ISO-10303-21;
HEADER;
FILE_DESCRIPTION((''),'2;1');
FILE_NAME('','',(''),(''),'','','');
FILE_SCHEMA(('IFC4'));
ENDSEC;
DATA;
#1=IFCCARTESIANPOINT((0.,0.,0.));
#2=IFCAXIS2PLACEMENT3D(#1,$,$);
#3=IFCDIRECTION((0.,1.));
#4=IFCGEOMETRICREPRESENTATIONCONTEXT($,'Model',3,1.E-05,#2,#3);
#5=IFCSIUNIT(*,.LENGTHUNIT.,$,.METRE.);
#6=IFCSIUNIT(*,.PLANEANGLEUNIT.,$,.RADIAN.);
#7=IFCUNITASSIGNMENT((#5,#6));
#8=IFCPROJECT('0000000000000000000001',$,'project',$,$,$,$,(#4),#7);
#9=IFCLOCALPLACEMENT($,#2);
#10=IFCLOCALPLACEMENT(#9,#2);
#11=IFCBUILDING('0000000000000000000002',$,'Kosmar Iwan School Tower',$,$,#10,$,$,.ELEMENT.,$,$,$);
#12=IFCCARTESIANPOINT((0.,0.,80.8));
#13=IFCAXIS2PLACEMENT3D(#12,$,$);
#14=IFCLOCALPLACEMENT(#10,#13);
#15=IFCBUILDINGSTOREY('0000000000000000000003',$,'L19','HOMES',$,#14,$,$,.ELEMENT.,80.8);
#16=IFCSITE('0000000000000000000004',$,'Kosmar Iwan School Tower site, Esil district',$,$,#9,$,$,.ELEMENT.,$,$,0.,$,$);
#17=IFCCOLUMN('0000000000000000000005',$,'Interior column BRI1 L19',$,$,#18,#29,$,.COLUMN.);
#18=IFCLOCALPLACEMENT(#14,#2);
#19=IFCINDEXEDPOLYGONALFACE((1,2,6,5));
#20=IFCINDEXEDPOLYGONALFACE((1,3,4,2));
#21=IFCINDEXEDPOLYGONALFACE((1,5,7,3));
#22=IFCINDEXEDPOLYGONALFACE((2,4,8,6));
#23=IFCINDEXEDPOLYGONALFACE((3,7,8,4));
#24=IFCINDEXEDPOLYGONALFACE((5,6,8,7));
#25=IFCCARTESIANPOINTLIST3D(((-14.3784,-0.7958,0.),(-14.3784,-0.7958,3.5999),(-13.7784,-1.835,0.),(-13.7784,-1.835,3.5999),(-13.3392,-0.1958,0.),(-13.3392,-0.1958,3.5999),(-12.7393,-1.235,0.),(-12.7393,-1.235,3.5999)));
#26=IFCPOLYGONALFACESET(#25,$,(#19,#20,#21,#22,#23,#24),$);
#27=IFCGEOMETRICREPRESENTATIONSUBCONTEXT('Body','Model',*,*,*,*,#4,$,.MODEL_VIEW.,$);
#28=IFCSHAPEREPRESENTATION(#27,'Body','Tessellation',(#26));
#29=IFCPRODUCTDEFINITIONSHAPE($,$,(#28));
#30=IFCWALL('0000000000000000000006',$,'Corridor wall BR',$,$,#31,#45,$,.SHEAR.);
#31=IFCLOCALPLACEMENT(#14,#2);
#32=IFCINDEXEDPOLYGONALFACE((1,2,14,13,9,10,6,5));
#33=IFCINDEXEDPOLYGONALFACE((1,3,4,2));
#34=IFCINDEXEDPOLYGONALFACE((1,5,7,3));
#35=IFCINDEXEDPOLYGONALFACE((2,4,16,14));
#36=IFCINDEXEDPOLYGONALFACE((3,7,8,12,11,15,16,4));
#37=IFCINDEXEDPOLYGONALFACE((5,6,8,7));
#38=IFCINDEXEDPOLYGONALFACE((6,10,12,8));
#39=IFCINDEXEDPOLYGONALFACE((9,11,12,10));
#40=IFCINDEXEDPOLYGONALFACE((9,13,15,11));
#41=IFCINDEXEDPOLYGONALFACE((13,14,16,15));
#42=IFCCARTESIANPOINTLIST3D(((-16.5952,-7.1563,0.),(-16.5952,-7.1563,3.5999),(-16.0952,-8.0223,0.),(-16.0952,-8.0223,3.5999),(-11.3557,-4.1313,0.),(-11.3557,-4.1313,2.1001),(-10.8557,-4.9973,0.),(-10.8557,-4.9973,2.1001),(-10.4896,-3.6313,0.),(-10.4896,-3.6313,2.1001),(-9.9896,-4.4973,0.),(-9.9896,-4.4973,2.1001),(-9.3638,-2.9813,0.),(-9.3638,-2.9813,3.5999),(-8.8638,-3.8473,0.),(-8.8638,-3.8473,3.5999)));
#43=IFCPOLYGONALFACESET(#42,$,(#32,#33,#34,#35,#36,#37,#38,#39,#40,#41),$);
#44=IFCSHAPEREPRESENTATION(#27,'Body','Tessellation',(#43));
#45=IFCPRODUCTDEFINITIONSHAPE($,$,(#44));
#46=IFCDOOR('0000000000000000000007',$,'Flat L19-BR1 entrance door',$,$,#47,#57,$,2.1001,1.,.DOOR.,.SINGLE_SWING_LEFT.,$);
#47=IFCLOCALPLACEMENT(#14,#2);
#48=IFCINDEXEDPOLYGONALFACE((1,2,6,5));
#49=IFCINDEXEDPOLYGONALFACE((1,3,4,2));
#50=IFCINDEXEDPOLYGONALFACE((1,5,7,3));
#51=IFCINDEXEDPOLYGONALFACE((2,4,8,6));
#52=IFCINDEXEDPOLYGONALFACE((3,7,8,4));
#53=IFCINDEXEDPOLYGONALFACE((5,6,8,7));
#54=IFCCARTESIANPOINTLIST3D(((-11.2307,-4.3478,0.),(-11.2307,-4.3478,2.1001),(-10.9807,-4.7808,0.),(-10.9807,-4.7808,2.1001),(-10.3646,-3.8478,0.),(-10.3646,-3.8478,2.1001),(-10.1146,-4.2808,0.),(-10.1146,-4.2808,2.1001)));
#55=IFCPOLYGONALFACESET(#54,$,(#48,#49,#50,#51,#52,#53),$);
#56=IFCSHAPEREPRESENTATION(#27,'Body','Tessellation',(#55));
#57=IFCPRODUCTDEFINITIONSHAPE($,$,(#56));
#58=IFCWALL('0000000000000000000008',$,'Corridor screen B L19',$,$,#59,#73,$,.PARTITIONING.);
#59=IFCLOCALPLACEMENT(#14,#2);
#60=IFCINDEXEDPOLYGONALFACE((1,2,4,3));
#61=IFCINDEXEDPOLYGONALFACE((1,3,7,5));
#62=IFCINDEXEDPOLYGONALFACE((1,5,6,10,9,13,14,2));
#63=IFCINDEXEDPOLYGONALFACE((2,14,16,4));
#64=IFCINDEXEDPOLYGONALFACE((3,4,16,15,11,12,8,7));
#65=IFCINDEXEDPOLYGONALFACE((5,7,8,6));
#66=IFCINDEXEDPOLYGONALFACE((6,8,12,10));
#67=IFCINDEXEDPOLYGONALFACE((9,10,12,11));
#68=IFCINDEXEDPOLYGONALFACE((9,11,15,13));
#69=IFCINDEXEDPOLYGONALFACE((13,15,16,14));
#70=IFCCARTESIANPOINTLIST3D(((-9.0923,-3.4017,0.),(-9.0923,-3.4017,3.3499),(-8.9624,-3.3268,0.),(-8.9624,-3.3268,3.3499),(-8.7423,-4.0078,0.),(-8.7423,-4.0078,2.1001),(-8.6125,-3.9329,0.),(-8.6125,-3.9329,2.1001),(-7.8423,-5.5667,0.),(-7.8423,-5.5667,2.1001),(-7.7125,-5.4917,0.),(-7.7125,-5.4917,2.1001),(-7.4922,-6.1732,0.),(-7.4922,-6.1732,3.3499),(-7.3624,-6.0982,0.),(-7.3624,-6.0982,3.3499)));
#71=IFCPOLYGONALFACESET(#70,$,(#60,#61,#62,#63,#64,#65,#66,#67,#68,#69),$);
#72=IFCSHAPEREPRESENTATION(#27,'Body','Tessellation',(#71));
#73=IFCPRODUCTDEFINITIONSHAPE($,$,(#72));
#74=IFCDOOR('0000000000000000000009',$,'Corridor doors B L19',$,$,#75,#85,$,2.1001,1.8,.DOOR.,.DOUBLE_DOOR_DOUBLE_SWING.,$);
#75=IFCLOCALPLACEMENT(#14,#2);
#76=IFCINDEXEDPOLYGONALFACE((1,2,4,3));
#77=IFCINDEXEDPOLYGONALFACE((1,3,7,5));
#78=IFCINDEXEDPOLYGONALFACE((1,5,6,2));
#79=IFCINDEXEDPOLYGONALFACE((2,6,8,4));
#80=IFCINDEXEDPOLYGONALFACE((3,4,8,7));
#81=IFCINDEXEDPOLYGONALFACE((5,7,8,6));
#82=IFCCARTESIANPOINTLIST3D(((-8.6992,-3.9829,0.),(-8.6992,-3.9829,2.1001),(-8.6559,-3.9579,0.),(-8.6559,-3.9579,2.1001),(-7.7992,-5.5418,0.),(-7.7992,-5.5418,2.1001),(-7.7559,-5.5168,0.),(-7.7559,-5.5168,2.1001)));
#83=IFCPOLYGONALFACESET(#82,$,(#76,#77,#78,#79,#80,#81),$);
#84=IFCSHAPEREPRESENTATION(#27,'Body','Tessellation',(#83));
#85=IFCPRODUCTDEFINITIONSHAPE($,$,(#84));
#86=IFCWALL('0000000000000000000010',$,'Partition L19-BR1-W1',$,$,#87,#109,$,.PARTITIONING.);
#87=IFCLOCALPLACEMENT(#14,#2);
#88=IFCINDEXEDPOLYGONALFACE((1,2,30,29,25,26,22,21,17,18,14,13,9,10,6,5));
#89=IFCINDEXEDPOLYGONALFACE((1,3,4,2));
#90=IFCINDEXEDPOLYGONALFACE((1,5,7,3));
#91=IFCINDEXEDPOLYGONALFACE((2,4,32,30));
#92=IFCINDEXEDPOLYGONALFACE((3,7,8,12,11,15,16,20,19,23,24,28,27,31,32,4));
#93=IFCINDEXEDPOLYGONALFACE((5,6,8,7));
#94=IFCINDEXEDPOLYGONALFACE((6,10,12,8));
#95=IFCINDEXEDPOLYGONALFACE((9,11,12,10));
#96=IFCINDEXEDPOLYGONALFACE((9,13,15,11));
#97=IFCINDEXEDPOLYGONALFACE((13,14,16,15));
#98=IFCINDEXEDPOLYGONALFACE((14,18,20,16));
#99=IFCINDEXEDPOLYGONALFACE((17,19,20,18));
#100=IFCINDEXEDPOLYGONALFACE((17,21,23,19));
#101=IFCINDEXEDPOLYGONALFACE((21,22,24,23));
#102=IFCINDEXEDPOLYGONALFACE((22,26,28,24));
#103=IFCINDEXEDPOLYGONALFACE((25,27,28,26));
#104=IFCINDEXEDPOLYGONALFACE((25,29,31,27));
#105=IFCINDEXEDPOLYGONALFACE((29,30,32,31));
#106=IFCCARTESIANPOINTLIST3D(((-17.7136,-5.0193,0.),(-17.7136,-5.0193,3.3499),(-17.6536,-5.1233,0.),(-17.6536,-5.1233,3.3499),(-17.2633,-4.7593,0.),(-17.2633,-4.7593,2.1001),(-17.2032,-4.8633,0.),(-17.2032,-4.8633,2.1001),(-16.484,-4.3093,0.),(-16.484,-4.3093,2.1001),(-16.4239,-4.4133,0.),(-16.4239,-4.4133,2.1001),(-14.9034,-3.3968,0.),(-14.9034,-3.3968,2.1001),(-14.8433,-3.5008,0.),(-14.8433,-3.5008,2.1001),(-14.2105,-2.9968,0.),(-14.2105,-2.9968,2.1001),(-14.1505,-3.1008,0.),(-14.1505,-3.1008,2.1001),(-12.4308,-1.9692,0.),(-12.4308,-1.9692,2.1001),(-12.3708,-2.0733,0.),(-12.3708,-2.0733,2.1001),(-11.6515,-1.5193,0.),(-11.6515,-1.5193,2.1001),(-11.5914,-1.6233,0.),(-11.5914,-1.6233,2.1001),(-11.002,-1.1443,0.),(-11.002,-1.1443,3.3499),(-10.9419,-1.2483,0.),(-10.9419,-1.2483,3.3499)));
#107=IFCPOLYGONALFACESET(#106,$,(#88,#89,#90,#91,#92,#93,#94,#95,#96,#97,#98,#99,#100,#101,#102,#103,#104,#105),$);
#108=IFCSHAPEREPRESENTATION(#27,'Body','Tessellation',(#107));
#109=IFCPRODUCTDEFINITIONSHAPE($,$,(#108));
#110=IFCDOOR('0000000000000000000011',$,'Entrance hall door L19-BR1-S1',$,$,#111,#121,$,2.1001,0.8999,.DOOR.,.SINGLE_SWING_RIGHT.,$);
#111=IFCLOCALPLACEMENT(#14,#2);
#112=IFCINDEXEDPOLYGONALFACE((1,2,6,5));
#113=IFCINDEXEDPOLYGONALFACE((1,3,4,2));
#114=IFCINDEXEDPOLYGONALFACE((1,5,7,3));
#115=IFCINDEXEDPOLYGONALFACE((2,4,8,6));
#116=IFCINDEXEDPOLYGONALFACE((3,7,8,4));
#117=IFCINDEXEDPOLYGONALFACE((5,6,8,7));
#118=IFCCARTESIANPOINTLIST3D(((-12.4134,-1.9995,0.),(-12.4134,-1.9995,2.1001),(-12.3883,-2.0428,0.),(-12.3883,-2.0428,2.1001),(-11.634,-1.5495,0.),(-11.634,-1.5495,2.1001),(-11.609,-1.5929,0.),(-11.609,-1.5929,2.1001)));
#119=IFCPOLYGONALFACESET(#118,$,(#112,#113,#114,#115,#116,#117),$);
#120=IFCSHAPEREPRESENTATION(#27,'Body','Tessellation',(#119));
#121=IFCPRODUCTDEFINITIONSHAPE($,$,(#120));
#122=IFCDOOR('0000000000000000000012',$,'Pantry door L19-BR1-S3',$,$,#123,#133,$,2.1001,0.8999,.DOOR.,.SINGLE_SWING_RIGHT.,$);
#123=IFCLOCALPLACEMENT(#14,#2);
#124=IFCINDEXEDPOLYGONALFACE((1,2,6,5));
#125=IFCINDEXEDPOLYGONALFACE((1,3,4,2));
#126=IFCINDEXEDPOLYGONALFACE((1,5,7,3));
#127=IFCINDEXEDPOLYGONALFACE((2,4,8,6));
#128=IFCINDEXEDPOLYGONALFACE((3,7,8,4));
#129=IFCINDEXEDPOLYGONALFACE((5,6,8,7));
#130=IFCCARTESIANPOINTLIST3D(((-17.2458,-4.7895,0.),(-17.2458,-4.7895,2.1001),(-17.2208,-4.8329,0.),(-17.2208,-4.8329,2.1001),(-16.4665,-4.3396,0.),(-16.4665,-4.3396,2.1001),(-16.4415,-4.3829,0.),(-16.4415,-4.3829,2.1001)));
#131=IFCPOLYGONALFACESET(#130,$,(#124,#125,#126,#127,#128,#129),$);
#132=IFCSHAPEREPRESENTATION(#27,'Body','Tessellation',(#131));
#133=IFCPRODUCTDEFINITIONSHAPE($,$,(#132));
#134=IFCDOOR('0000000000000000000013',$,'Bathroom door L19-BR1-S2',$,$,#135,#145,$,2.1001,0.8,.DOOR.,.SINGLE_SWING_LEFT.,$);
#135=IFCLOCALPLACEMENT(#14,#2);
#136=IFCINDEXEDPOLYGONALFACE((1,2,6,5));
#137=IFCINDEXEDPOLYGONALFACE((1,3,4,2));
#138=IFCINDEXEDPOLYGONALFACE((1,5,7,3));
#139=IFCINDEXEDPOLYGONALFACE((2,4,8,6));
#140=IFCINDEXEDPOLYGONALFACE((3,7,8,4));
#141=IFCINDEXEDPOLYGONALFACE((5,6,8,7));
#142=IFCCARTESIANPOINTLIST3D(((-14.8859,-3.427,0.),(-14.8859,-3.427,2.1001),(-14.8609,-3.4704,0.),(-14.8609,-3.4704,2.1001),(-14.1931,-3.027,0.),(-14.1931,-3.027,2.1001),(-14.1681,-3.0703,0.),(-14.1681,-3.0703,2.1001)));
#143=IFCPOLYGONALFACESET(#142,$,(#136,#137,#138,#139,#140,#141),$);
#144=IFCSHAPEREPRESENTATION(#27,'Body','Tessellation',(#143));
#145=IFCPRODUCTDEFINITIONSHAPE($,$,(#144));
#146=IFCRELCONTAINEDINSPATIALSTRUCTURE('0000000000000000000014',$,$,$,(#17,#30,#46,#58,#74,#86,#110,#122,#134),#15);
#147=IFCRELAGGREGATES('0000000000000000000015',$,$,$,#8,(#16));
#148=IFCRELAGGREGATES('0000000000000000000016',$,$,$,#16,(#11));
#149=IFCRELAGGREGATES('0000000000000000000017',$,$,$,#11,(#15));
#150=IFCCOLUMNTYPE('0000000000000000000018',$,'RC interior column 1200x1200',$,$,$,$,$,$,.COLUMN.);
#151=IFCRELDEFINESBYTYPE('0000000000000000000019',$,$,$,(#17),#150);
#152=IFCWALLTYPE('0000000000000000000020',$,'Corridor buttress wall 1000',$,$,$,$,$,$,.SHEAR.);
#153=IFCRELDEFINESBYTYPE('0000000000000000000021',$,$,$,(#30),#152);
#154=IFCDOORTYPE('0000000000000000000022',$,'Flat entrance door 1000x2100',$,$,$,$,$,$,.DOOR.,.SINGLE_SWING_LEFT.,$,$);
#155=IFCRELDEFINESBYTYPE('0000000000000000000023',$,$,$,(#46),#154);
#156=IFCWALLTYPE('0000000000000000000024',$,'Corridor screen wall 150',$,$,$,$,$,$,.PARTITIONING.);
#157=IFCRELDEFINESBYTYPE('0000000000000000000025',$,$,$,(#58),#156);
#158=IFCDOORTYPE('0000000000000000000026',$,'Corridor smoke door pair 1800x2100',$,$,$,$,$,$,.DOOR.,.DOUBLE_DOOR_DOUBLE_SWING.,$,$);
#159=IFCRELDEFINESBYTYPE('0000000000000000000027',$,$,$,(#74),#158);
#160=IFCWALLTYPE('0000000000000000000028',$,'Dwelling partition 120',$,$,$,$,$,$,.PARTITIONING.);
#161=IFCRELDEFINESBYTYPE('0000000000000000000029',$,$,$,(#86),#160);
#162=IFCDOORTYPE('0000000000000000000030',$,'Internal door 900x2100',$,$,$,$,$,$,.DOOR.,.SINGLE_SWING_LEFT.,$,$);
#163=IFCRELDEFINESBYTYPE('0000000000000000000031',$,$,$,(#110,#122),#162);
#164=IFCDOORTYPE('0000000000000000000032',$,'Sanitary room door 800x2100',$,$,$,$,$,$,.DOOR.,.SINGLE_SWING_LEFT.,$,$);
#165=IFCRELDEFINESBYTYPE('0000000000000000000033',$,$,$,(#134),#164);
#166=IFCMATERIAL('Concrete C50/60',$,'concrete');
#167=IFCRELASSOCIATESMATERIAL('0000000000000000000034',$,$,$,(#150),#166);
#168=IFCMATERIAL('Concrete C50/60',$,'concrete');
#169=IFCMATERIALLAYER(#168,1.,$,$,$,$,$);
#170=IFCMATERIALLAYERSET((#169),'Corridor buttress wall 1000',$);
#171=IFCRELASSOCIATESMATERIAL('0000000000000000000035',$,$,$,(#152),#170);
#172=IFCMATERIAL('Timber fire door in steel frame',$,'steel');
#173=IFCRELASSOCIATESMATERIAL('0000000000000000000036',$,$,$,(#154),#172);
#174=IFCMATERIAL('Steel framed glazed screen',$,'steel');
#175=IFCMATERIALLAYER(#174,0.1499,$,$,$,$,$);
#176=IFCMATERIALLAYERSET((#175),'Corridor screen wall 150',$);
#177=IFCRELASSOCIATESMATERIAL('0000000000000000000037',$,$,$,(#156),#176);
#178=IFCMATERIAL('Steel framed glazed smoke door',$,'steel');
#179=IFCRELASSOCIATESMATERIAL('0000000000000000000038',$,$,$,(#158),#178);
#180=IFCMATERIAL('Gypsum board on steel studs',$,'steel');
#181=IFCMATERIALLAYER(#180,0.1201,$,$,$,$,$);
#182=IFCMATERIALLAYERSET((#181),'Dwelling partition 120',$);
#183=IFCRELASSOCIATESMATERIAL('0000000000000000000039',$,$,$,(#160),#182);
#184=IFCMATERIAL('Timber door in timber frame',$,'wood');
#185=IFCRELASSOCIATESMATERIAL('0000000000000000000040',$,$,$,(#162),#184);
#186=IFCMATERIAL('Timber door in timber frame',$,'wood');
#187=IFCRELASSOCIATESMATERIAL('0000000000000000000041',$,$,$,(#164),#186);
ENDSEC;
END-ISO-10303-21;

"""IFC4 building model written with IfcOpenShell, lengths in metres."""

from ifc_helpers import new_model, si_unit, direction, frame, frame_2d, origin, origin_2d, place, context, subcontext, project, spatial, rectangle, extrude, material, layer, layer_set, material_profile, profile_set, type_object, element, fill, save


model = new_model("IFC4")

# Units and contexts
model_context = context("Model", 3, precision=1e-05, world=origin(), true_north=direction((0.0, 1.0)))
body_context = subcontext(model_context, "Body", "Model", "MODEL_VIEW")
ifc_project = project(units=[si_unit("LENGTHUNIT", "METRE"), si_unit("PLANEANGLEUNIT", "RADIAN")], contexts=[model_context])

# Site, building, storey
site_placement = place(None, origin())
site = spatial("IfcSite", under=ifc_project, at=site_placement, Name="Kosmar Iwan School Tower site, Esil district", CompositionType="ELEMENT", RefElevation=0.0)
building_placement = place(site_placement, origin())
building = spatial("IfcBuilding", under=site, at=building_placement, Name="Kosmar Iwan School Tower", CompositionType="ELEMENT")
storey_placement = place(building_placement, frame((0.0, 0.0, 80.8)))
storey = spatial("IfcBuildingStorey", under=building, at=storey_placement, Name="L19", Description="HOMES", CompositionType="ELEMENT", Elevation=80.8)

# Column
ifc_material_1 = material(Name="Concrete C50/60", Category="concrete")
ifc_material_profile = material_profile(ifc_material_1, rectangle(XDim=1.2, YDim=1.2, at=origin_2d()), Name="RC 1200x1200")
ifc_profile_set = profile_set([ifc_material_profile], Name="Concrete C50/60")
column_type = type_object("IfcColumnType", Name="RC interior column 1200x1200", PredefinedType="COLUMN", material=ifc_profile_set)
column_placement = place(storey_placement, frame((-13.5588, -1.0154, 0.0), z_axis=(0.0, 0.0, 1.0), x_axis=(-0.866025, -0.5, 0.0)))
element("IfcColumn", 1, at=column_placement, inside=storey, type_object=column_type, Name="Interior column BRI1 L19", PredefinedType="COLUMN", context=body_context, shape_type="SweptSolid", body=[
    extrude(rectangle(XDim=1.2, YDim=1.2, at=origin_2d()), origin(), (0.0, 0.0, 1.0), 3.5999),
])

# Walls, openings, doors
ifc_material_2 = material(Name="Concrete C50/60", Category="concrete")
ifc_layer_1 = layer(ifc_material_2, 1.0)
ifc_layer_set_1 = layer_set([ifc_layer_1], Name="Corridor buttress wall 1000")
wall_type_1 = type_object("IfcWallType", Name="Corridor buttress wall 1000", PredefinedType="SHEAR", material=ifc_layer_set_1)
wall_1_placement = place(storey_placement, frame((-9.1138, -3.4143, 0.0), z_axis=(0.0, 0.0, 1.0), x_axis=(-0.866027, -0.499997, 0.0)))
wall_1 = element("IfcWall", 2, at=wall_1_placement, inside=storey, type_object=wall_type_1, Name="Corridor wall BR", PredefinedType="SHEAR", context=body_context, shape_type="SweptSolid", body=[
    extrude(rectangle(XDim=8.3501, YDim=1.0, at=frame_2d((4.175, 0.0))), origin(), (0.0, 0.0, 1.0), 3.5999),
])
opening_1_placement = place(wall_1_placement, frame((1.3, 0.0, 0.0)))
opening_1 = element("IfcOpeningElement", 3, at=opening_1_placement, cuts=wall_1, PredefinedType="OPENING", context=body_context, shape_type="SweptSolid", body=[
    extrude(rectangle(XDim=1.0, YDim=2.1001, at=frame_2d((0.5, 1.05))), frame((0.0, 0.512, 0.0), z_axis=(0.0, -1.0, 0.0), x_axis=(1.0, 0.0, 0.0)), (0.0, 0.0, 1.0), 1.0239),
])
ifc_material_3 = material(Name="Timber fire door in steel frame", Category="steel")
door_type_1 = type_object("IfcDoorType", Name="Flat entrance door 1000x2100", OperationType="SINGLE_SWING_LEFT", PredefinedType="DOOR", material=ifc_material_3)
door_1_placement = place(opening_1_placement, origin())
door_1 = element("IfcDoor", 4, at=door_1_placement, inside=storey, type_object=door_type_1, Name="Flat L19-BR1 entrance door", OperationType="SINGLE_SWING_LEFT", OverallHeight=2.1001, OverallWidth=1.0, PredefinedType="DOOR", context=body_context, shape_type="SweptSolid", body=[
    extrude(rectangle(XDim=1.0, YDim=2.1001, at=frame_2d((0.5, 1.05))), frame((0.0, 0.25, 0.0), z_axis=(0.0, -1.0, 0.0), x_axis=(1.0, 0.0, 0.0)), (0.0, 0.0, 1.0), 0.5),
])
fill(opening_1, door_1)
ifc_material_4 = material(Name="Steel framed glazed screen", Category="steel")
ifc_layer_2 = layer(ifc_material_4, 0.1499)
ifc_layer_set_2 = layer_set([ifc_layer_2], Name="Corridor screen wall 150")
wall_type_2 = type_object("IfcWallType", Name="Corridor screen wall 150", PredefinedType="PARTITIONING", material=ifc_layer_set_2)
wall_2_placement = place(storey_placement, frame((-9.0273, -3.3643, 0.0), z_axis=(0.0, 0.0, 1.0), x_axis=(0.499995, -0.866028, 0.0)))
wall_2 = element("IfcWall", 5, at=wall_2_placement, inside=storey, type_object=wall_type_2, Name="Corridor screen B L19", PredefinedType="PARTITIONING", context=body_context, shape_type="SweptSolid", body=[
    extrude(rectangle(XDim=3.2002, YDim=0.1499, at=frame_2d((1.6001, 0.0))), origin(), (0.0, 0.0, 1.0), 3.3499),
])
opening_2_placement = place(wall_2_placement, frame((0.7, 0.0, 0.0)))
opening_2 = element("IfcOpeningElement", 6, at=opening_2_placement, cuts=wall_2, PredefinedType="OPENING", context=body_context, shape_type="SweptSolid", body=[
    extrude(rectangle(XDim=1.8, YDim=2.1001, at=frame_2d((0.8999, 1.05))), frame((0.0, 0.0869, 0.0), z_axis=(0.0, -1.0, 0.0), x_axis=(1.0, 0.0, 0.0)), (0.0, 0.0, 1.0), 0.1738),
])
ifc_material_5 = material(Name="Steel framed glazed smoke door", Category="steel")
door_type_2 = type_object("IfcDoorType", Name="Corridor smoke door pair 1800x2100", OperationType="DOUBLE_DOOR_DOUBLE_SWING", PredefinedType="DOOR", material=ifc_material_5)
door_2_placement = place(opening_2_placement, origin())
door_2 = element("IfcDoor", 7, at=door_2_placement, inside=storey, type_object=door_type_2, Name="Corridor doors B L19", OperationType="DOUBLE_DOOR_DOUBLE_SWING", OverallHeight=2.1001, OverallWidth=1.8, PredefinedType="DOOR", context=body_context, shape_type="SweptSolid", body=[
    extrude(rectangle(XDim=1.8, YDim=2.1001, at=frame_2d((0.8999, 1.05))), frame((0.0, 0.0249, 0.0), z_axis=(0.0, -1.0, 0.0), x_axis=(1.0, 0.0, 0.0)), (0.0, 0.0, 1.0), 0.05),
])
fill(opening_2, door_2)

# Wall, openings, doors
ifc_material_6 = material(Name="Gypsum board on steel studs", Category="steel")
ifc_layer_3 = layer(ifc_material_6, 0.1201)
ifc_layer_set_3 = layer_set([ifc_layer_3], Name="Dwelling partition 120")
wall_type_3 = type_object("IfcWallType", Name="Dwelling partition 120", PredefinedType="PARTITIONING", material=ifc_layer_set_3)
wall_3_placement = place(storey_placement, frame((-10.9719, -1.1963, 0.0), z_axis=(0.0, 0.0, 1.0), x_axis=(-0.866025, -0.500002, 0.0)))
wall_3 = element("IfcWall", 8, at=wall_3_placement, inside=storey, type_object=wall_type_3, Name="Partition L19-BR1-W1", PredefinedType="PARTITIONING", context=body_context, shape_type="SweptSolid", body=[
    extrude(rectangle(XDim=7.75, YDim=0.1201, at=frame_2d((3.875, 0.0))), origin(), (0.0, 0.0, 1.0), 3.3499),
])
opening_3_placement = place(wall_3_placement, frame((0.75, 0.0, 0.0)))
opening_3 = element("IfcOpeningElement", 9, at=opening_3_placement, cuts=wall_3, PredefinedType="OPENING", context=body_context, shape_type="SweptSolid", body=[
    extrude(rectangle(XDim=0.8999, YDim=2.1001, at=frame_2d((0.45, 1.05))), frame((0.0, 0.072, 0.0), z_axis=(0.0, -1.0, 0.0), x_axis=(1.0, 0.0, 0.0)), (0.0, 0.0, 1.0), 0.144),
])
opening_4_placement = place(wall_3_placement, frame((3.7051, 0.0, 0.0)))
opening_4 = element("IfcOpeningElement", 10, at=opening_4_placement, cuts=wall_3, PredefinedType="OPENING", context=body_context, shape_type="SweptSolid", body=[
    extrude(rectangle(XDim=0.8, YDim=2.1001, at=frame_2d((0.3999, 1.05))), frame((0.0, 0.072, 0.0), z_axis=(0.0, -1.0, 0.0), x_axis=(1.0, 0.0, 0.0)), (0.0, 0.0, 1.0), 0.144),
])
opening_5_placement = place(wall_3_placement, frame((6.3301, 0.0, 0.0)))
opening_5 = element("IfcOpeningElement", 11, at=opening_5_placement, cuts=wall_3, PredefinedType="OPENING", context=body_context, shape_type="SweptSolid", body=[
    extrude(rectangle(XDim=0.8999, YDim=2.1001, at=frame_2d((0.45, 1.05))), frame((0.0, 0.072, 0.0), z_axis=(0.0, -1.0, 0.0), x_axis=(1.0, 0.0, 0.0)), (0.0, 0.0, 1.0), 0.144),
])
ifc_material_7 = material(Name="Timber door in timber frame", Category="wood")
door_type_3 = type_object("IfcDoorType", Name="Internal door 900x2100", OperationType="SINGLE_SWING_LEFT", PredefinedType="DOOR", material=ifc_material_7)
door_3_placement = place(opening_3_placement, origin())
door_3 = element("IfcDoor", 12, at=door_3_placement, inside=storey, type_object=door_type_3, Name="Entrance hall door L19-BR1-S1", OperationType="SINGLE_SWING_RIGHT", OverallHeight=2.1001, OverallWidth=0.8999, PredefinedType="DOOR", context=body_context, shape_type="SweptSolid", body=[
    extrude(rectangle(XDim=0.8999, YDim=2.1001, at=frame_2d((0.45, 1.05))), frame((0.0, 0.0249, 0.0), z_axis=(0.0, -1.0, 0.0), x_axis=(1.0, 0.0, 0.0)), (0.0, 0.0, 1.0), 0.05),
])
fill(opening_3, door_3)
door_4_placement = place(opening_5_placement, origin())
door_4 = element("IfcDoor", 13, at=door_4_placement, inside=storey, type_object=door_type_3, Name="Pantry door L19-BR1-S3", OperationType="SINGLE_SWING_RIGHT", OverallHeight=2.1001, OverallWidth=0.8999, PredefinedType="DOOR", context=body_context, shape_type="SweptSolid", body=[
    extrude(rectangle(XDim=0.8999, YDim=2.1001, at=frame_2d((0.45, 1.05))), frame((0.0, 0.0249, 0.0), z_axis=(0.0, -1.0, 0.0), x_axis=(1.0, 0.0, 0.0)), (0.0, 0.0, 1.0), 0.05),
])
fill(opening_5, door_4)
ifc_material_8 = material(Name="Timber door in timber frame", Category="wood")
door_type_4 = type_object("IfcDoorType", Name="Sanitary room door 800x2100", OperationType="SINGLE_SWING_LEFT", PredefinedType="DOOR", material=ifc_material_8)
door_5_placement = place(opening_4_placement, origin())
door_5 = element("IfcDoor", 14, at=door_5_placement, inside=storey, type_object=door_type_4, Name="Bathroom door L19-BR1-S2", OperationType="SINGLE_SWING_LEFT", OverallHeight=2.1001, OverallWidth=0.8, PredefinedType="DOOR", context=body_context, shape_type="SweptSolid", body=[
    extrude(rectangle(XDim=0.8, YDim=2.1001, at=frame_2d((0.3999, 1.05))), frame((0.0, 0.0249, 0.0), z_axis=(0.0, -1.0, 0.0), x_axis=(1.0, 0.0, 0.0)), (0.0, 0.0, 1.0), 0.05),
])
fill(opening_4, door_5)

save(model, "model.ifc")
